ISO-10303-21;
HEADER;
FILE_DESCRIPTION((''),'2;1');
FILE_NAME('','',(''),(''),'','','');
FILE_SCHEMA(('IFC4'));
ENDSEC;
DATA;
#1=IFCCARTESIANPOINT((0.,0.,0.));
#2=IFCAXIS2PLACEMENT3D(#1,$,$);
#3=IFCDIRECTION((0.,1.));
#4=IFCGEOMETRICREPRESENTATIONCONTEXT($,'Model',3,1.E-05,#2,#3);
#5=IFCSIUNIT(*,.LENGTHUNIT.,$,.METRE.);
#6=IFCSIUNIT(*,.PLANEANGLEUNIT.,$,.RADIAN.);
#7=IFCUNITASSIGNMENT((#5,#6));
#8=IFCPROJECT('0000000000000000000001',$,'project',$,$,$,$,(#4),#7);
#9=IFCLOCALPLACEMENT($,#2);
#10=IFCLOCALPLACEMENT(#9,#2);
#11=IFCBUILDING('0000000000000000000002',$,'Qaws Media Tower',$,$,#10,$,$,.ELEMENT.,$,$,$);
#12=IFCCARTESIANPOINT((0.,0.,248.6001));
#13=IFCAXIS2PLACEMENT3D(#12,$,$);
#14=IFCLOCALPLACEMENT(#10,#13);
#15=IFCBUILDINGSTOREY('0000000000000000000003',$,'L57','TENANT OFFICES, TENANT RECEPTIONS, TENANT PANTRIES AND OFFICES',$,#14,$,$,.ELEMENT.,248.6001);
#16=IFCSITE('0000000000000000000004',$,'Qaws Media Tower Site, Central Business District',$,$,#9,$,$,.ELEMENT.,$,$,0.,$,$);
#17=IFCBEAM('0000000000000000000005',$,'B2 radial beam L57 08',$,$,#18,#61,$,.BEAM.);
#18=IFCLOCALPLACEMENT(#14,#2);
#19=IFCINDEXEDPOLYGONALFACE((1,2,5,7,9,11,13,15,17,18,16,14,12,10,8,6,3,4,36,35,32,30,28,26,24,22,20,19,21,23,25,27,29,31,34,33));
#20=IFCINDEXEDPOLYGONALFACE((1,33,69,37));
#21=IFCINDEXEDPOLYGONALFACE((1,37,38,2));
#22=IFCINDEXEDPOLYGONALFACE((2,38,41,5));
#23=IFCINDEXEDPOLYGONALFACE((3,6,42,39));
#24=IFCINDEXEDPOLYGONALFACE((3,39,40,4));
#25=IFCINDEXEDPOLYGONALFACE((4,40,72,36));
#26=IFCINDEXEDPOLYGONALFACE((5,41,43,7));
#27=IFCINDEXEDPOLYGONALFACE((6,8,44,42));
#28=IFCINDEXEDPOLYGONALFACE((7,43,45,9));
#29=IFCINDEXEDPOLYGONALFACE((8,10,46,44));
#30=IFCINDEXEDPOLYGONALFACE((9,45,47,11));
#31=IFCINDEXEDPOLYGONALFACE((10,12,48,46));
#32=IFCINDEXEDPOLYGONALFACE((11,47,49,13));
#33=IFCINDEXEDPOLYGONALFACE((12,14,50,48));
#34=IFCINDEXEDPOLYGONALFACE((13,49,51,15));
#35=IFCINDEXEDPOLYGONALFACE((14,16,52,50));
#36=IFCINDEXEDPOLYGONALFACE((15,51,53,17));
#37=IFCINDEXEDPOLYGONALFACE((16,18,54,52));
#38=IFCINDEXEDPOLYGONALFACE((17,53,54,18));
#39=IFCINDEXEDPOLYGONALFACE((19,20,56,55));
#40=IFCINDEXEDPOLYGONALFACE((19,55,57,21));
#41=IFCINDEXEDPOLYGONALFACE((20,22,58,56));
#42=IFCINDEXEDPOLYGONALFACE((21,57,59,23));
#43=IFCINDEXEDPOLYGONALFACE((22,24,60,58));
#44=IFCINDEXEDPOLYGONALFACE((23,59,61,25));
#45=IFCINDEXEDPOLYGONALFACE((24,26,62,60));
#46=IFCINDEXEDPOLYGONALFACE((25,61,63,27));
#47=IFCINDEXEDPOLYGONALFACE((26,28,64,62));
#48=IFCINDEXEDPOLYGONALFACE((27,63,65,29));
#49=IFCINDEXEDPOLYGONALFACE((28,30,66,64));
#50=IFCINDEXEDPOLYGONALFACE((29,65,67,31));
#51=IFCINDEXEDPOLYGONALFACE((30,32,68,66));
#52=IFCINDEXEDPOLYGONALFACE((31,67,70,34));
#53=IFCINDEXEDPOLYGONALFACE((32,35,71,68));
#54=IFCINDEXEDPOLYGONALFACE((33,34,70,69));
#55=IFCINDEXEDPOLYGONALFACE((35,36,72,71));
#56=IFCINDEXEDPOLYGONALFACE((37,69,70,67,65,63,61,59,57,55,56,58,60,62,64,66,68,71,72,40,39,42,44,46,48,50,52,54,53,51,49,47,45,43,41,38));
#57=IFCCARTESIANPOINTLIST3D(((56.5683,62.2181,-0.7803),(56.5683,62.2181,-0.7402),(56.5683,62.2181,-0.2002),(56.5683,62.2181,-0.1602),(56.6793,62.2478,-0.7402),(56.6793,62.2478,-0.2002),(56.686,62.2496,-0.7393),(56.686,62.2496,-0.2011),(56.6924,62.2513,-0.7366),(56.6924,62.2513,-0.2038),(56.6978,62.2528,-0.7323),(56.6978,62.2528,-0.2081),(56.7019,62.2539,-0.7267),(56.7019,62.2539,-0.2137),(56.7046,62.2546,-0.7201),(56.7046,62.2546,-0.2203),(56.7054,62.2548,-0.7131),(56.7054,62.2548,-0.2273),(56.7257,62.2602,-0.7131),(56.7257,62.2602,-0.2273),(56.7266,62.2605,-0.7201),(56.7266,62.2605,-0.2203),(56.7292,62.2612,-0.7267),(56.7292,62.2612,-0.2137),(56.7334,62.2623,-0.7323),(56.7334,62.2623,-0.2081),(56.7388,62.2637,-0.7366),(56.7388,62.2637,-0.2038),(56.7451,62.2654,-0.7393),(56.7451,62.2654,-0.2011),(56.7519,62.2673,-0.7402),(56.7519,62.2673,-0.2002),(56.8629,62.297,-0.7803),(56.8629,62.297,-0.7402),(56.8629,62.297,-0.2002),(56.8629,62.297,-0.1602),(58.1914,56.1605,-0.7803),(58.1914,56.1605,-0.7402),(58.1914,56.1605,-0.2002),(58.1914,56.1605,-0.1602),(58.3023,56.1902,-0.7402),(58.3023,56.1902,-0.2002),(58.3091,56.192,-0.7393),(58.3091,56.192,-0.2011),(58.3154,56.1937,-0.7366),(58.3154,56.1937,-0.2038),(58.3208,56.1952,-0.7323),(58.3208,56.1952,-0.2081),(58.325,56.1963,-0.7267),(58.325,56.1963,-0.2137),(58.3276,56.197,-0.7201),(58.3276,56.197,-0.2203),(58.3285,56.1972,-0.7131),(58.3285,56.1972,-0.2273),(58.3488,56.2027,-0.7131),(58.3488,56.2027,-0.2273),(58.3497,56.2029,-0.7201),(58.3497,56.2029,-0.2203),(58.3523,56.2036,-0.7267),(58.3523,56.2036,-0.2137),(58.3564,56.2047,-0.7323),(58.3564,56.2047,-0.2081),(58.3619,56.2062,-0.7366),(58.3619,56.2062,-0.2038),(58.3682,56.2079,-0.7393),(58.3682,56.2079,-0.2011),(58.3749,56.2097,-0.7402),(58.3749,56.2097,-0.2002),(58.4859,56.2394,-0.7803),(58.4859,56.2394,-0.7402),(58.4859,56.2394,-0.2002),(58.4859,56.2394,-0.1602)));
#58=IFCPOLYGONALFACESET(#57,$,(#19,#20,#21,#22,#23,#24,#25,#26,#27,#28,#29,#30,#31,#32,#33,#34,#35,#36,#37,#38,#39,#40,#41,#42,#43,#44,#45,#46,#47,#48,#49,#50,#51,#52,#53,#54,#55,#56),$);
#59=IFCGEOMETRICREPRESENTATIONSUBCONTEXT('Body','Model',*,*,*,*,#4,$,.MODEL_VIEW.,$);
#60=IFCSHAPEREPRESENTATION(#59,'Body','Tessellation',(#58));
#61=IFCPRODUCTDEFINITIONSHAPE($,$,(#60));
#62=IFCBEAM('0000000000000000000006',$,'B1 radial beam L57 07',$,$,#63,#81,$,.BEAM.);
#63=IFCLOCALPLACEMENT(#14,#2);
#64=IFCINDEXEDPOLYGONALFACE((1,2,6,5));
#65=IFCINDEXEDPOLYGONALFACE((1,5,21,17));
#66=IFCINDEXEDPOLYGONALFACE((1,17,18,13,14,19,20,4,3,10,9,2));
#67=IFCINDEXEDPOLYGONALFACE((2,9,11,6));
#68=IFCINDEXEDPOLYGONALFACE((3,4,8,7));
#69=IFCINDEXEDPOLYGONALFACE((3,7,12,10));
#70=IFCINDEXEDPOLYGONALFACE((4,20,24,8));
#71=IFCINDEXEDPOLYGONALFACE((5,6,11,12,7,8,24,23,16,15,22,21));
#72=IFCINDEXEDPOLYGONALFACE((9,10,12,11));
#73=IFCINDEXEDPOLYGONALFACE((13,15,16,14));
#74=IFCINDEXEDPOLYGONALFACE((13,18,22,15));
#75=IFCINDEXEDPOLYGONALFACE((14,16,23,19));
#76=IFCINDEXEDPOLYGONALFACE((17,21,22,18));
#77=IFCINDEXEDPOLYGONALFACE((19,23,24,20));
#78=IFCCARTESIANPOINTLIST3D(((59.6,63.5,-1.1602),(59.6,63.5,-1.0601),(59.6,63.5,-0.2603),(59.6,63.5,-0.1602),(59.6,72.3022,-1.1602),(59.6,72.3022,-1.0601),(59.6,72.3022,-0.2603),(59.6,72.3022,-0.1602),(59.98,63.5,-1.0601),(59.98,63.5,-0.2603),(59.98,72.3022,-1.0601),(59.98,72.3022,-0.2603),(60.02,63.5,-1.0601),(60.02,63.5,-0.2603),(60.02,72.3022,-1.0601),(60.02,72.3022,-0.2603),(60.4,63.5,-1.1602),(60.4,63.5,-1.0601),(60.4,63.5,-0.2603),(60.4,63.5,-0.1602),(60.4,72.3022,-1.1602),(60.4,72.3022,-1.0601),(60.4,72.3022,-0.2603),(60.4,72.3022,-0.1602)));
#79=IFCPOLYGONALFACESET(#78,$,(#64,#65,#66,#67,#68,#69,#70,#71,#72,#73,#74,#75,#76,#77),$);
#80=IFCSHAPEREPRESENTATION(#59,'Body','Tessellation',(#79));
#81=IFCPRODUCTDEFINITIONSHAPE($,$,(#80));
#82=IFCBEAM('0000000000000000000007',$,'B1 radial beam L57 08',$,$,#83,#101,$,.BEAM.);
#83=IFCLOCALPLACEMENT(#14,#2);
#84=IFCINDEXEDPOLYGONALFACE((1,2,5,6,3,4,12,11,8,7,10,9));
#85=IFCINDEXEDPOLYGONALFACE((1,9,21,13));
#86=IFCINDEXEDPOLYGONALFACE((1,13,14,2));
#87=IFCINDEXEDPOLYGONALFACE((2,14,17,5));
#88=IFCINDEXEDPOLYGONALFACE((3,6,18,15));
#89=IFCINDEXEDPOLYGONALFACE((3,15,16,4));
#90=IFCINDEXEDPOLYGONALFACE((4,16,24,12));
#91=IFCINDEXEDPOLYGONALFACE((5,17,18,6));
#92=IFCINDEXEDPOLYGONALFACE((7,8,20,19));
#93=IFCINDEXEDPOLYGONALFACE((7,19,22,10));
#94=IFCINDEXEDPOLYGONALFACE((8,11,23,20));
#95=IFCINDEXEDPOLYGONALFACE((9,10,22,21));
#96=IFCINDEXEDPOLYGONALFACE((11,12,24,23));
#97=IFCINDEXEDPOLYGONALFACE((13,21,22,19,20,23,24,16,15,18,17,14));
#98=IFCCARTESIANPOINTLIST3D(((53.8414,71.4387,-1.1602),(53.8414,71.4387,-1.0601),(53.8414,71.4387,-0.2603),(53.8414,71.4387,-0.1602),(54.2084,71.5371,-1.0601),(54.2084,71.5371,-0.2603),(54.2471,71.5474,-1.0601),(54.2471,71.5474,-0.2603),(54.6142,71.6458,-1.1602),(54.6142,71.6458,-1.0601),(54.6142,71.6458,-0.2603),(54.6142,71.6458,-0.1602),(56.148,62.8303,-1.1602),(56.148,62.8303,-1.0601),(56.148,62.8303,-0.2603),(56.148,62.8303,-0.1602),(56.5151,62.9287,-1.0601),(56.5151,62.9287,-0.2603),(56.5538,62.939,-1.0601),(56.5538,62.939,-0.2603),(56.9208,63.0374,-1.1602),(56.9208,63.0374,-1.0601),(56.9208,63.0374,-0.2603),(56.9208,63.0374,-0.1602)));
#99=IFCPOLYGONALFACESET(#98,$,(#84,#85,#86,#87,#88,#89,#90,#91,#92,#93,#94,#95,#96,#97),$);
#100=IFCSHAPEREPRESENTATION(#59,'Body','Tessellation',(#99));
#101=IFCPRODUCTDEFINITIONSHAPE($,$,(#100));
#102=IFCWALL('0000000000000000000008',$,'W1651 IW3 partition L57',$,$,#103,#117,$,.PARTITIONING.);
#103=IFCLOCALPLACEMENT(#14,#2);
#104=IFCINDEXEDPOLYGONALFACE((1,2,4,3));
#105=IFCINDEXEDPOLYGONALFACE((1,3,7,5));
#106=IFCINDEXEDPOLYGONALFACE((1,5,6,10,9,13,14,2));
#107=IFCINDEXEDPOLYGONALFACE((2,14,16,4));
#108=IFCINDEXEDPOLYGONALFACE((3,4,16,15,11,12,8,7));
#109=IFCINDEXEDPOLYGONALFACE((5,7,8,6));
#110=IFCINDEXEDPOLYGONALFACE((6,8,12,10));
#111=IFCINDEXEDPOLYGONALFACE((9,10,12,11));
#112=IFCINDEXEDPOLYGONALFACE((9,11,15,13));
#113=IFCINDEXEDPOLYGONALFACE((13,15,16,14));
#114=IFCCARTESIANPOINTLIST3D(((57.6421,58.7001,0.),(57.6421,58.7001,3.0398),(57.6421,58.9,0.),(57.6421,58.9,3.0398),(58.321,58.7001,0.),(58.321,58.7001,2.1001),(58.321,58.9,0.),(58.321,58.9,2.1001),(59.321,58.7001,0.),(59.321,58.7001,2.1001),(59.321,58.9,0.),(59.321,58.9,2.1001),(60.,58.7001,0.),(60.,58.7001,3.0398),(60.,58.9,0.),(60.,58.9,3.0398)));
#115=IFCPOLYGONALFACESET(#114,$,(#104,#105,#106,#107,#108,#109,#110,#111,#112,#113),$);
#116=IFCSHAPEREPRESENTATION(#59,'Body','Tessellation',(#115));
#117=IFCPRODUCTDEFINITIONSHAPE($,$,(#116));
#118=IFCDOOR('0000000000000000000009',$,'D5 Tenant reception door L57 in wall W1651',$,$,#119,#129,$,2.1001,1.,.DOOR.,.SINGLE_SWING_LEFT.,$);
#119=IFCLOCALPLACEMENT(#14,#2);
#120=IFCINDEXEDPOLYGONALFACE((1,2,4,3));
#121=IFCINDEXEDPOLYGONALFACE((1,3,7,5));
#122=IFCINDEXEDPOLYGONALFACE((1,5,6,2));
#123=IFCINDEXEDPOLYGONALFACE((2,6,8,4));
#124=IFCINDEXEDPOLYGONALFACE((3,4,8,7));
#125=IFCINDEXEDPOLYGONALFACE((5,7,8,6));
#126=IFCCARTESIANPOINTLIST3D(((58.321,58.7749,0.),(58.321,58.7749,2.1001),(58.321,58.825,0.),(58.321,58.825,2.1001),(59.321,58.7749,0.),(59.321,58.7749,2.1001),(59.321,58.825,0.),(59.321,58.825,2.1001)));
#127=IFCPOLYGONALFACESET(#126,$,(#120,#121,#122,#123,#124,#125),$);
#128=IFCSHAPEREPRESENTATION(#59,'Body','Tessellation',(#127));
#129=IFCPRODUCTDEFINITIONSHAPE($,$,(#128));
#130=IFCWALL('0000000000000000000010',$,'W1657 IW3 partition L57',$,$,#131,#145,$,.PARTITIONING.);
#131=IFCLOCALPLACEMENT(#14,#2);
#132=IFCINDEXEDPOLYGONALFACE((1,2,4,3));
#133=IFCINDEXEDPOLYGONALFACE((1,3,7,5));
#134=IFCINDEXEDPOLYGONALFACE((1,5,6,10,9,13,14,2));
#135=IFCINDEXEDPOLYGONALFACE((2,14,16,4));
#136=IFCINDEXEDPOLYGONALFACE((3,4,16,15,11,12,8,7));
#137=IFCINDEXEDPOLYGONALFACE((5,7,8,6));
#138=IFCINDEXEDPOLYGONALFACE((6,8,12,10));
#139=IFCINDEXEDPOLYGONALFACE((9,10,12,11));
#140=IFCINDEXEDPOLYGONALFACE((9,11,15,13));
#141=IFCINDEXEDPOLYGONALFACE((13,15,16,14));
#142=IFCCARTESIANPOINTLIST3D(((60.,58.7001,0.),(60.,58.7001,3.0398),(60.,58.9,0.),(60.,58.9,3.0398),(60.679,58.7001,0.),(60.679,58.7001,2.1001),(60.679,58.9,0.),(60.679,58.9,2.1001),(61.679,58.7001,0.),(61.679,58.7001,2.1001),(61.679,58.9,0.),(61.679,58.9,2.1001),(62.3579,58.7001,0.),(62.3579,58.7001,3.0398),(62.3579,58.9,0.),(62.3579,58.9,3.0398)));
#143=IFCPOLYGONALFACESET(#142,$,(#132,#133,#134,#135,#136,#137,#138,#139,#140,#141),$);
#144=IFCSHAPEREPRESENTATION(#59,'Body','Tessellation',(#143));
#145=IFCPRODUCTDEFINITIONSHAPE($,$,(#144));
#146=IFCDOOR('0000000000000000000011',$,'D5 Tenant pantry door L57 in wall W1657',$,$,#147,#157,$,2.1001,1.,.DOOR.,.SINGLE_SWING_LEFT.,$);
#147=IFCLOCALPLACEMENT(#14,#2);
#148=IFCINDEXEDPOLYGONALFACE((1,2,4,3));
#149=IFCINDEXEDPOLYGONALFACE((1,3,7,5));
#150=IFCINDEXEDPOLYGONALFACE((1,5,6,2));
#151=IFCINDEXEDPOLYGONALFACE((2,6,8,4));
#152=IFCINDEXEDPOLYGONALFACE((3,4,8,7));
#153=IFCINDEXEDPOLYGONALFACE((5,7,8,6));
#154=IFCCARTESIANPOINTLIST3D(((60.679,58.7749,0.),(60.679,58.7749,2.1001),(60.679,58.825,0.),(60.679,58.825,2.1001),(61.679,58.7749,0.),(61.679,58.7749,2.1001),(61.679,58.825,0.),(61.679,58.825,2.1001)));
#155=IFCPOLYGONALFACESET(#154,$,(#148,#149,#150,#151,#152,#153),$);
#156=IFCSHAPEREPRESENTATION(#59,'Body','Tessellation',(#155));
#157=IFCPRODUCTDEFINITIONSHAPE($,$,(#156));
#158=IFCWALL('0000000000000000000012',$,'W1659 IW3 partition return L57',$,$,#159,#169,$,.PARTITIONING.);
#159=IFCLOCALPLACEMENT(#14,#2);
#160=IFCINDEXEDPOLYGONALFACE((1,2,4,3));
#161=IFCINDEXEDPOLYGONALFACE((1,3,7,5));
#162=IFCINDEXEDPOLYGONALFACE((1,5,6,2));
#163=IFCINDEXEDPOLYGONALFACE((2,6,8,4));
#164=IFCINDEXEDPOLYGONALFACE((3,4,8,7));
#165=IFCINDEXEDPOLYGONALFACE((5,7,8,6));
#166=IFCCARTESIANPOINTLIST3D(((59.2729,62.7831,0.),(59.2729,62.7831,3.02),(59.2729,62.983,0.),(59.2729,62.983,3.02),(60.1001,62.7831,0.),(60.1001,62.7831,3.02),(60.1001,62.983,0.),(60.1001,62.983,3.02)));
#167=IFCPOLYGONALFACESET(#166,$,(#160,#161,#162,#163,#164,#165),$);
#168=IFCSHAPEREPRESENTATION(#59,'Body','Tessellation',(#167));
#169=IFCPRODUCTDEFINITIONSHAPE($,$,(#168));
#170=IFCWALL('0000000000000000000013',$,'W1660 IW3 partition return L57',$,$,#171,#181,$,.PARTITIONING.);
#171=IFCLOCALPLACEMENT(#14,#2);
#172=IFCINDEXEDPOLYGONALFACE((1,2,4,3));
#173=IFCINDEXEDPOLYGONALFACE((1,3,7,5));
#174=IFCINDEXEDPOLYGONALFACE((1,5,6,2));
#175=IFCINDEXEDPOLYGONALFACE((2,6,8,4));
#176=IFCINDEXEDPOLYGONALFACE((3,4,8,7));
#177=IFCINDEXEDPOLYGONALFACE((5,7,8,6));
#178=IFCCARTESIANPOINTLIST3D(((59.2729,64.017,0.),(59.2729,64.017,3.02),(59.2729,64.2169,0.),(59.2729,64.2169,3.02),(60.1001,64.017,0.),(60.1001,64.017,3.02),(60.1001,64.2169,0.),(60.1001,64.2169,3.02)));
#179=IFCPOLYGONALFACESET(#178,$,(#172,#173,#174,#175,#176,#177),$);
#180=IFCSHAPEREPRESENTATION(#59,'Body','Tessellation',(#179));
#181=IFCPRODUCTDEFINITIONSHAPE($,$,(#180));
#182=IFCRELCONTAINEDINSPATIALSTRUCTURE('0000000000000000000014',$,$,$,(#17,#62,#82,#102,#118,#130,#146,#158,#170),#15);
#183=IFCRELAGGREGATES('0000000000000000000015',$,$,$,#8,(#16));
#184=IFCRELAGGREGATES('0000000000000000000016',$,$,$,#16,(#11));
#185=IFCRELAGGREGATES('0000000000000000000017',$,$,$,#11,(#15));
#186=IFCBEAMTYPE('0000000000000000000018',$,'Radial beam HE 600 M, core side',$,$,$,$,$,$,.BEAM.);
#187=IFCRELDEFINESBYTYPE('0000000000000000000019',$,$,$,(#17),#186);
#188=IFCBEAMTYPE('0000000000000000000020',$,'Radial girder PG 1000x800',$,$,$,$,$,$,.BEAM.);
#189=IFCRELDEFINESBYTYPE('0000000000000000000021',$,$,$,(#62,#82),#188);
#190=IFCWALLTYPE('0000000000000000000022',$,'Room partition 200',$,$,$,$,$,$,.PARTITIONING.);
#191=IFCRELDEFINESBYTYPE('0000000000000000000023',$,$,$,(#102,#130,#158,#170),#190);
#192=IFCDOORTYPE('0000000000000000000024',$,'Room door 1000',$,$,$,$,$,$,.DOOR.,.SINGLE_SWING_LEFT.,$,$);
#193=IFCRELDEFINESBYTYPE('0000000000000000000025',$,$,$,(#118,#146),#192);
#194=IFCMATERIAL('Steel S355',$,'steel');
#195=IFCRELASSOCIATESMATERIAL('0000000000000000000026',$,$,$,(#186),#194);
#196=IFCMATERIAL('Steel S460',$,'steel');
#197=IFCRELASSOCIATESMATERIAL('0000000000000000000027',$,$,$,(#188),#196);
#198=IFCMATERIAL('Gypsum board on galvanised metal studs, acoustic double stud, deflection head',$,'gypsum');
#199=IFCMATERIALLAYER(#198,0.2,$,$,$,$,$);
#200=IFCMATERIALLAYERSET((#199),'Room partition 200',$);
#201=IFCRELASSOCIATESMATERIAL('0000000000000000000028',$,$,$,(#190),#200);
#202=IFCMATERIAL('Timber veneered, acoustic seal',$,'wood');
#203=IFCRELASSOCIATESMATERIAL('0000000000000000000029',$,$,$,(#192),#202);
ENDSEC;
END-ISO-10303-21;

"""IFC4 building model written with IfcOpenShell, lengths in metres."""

from ifc_helpers import new_model, si_unit, direction, frame, frame_2d, origin, origin_2d, place, context, subcontext, project, spatial, rectangle, i_section, extrude, material, layer, layer_set, material_profile, profile_set, type_object, element, fill, save


model = new_model("IFC4")

# Units and contexts
model_context = context("Model", 3, precision=1e-05, world=origin(), true_north=direction((0.0, 1.0)))
body_context = subcontext(model_context, "Body", "Model", "MODEL_VIEW")
ifc_project = project(units=[si_unit("LENGTHUNIT", "METRE"), si_unit("PLANEANGLEUNIT", "RADIAN")], contexts=[model_context])

# Site, building, storey
site_placement = place(None, origin())
site = spatial("IfcSite", under=ifc_project, at=site_placement, Name="Qaws Media Tower Site, Central Business District", CompositionType="ELEMENT", RefElevation=0.0)
building_placement = place(site_placement, origin())
building = spatial("IfcBuilding", under=site, at=building_placement, Name="Qaws Media Tower", CompositionType="ELEMENT")
storey_placement = place(building_placement, frame((0.0, 0.0, 248.6001)))
storey = spatial("IfcBuildingStorey", under=building, at=storey_placement, Name="L57", Description="TENANT OFFICES, TENANT RECEPTIONS, TENANT PANTRIES AND OFFICES", CompositionType="ELEMENT", Elevation=248.6001)

# Beams
ifc_material_1 = material(Name="Steel S355", Category="steel")
ifc_material_profile_1 = material_profile(ifc_material_1, i_section(OverallWidth=0.3049, OverallDepth=0.6201, WebThickness=0.021, FlangeThickness=0.04, FilletRadius=0.0271, at=origin_2d()), Name="HE 600 M")
ifc_profile_set_1 = profile_set([ifc_material_profile_1], Name="Steel S355")
beam_type_1 = type_object("IfcBeamType", Name="Radial beam HE 600 M, core side", PredefinedType="BEAM", material=ifc_profile_set_1)
beam_1_placement = place(storey_placement, frame((58.3386, 56.2, -0.4702), z_axis=(-0.258806, 0.965929, 0.0), x_axis=(-0.965929, -0.258806, 0.0)))
element("IfcBeam", 1, at=beam_1_placement, inside=storey, type_object=beam_type_1, Name="B2 radial beam L57 08", PredefinedType="BEAM", context=body_context, shape_type="SweptSolid", body=[
    extrude(i_section(OverallWidth=0.3049, OverallDepth=0.6201, WebThickness=0.021, FlangeThickness=0.04, FilletRadius=0.0271, at=origin_2d()), origin(), (0.0, 0.0, 1.0), 6.2712),
])
ifc_material_2 = material(Name="Steel S460", Category="steel")
ifc_material_profile_2 = material_profile(ifc_material_2, i_section(OverallWidth=0.8, OverallDepth=1.0, WebThickness=0.04, FlangeThickness=0.1001, at=origin_2d()), Name="PG 1000x800")
ifc_profile_set_2 = profile_set([ifc_material_profile_2], Name="Steel S460")
beam_type_2 = type_object("IfcBeamType", Name="Radial girder PG 1000x800", PredefinedType="BEAM", material=ifc_profile_set_2)
beam_2_placement = place(storey_placement, frame((60.0, 63.5, -0.6602), z_axis=(0.0, 1.0, 0.0), x_axis=(-1.0, 0.0, 0.0)))
element("IfcBeam", 2, at=beam_2_placement, inside=storey, type_object=beam_type_2, Name="B1 radial beam L57 07", PredefinedType="BEAM", context=body_context, shape_type="SweptSolid", body=[
    extrude(i_section(OverallWidth=0.8, OverallDepth=1.0, WebThickness=0.04, FlangeThickness=0.1001, at=origin_2d()), origin(), (0.0, 0.0, 1.0), 8.8022),
])
beam_3_placement = place(storey_placement, frame((56.5344, 62.9338, -0.6602), z_axis=(-0.258822, 0.965925, 0.0), x_axis=(-0.965925, -0.258822, 0.0)))
element("IfcBeam", 3, at=beam_3_placement, inside=storey, type_object=beam_type_2, Name="B1 radial beam L57 08", PredefinedType="BEAM", context=body_context, shape_type="SweptSolid", body=[
    extrude(i_section(OverallWidth=0.8, OverallDepth=1.0, WebThickness=0.04, FlangeThickness=0.1001, at=origin_2d()), origin(), (0.0, 0.0, 1.0), 8.9121),
])

# Walls, openings, doors
ifc_material_3 = material(Name="Gypsum board on galvanised metal studs, acoustic double stud, deflection head", Category="gypsum")
ifc_layer = layer(ifc_material_3, 0.2)
ifc_layer_set = layer_set([ifc_layer], Name="Room partition 200")
wall_type = type_object("IfcWallType", Name="Room partition 200", PredefinedType="PARTITIONING", material=ifc_layer_set)
wall_1_placement = place(storey_placement, frame((57.6421, 58.8, 0.0), z_axis=(0.0, 0.0, 1.0), x_axis=(1.0, 0.0, 0.0)))
wall_1 = element("IfcWall", 4, at=wall_1_placement, inside=storey, type_object=wall_type, Name="W1651 IW3 partition L57", PredefinedType="PARTITIONING", context=body_context, shape_type="SweptSolid", body=[
    extrude(rectangle(XDim=2.3579, YDim=0.2, at=frame_2d((1.179, 0.0))), origin(), (0.0, 0.0, 1.0), 3.0398),
])
opening_1_placement = place(wall_1_placement, frame((0.679, 0.0, 0.0)))
opening_1 = element("IfcOpeningElement", 5, at=opening_1_placement, cuts=wall_1, PredefinedType="OPENING", context=body_context, shape_type="SweptSolid", body=[
    extrude(rectangle(XDim=1.0, YDim=2.1001, at=frame_2d((0.5, 1.05))), frame((0.0, 0.1099, 0.0), z_axis=(0.0, -1.0, 0.0), x_axis=(1.0, 0.0, 0.0)), (0.0, 0.0, 1.0), 0.22),
])
ifc_material_4 = material(Name="Timber veneered, acoustic seal", Category="wood")
door_type = type_object("IfcDoorType", Name="Room door 1000", OperationType="SINGLE_SWING_LEFT", PredefinedType="DOOR", material=ifc_material_4)
door_1_placement = place(opening_1_placement, origin())
door_1 = element("IfcDoor", 6, at=door_1_placement, inside=storey, type_object=door_type, Name="D5 Tenant reception door L57 in wall W1651", OperationType="SINGLE_SWING_LEFT", OverallHeight=2.1001, OverallWidth=1.0, PredefinedType="DOOR", context=body_context, shape_type="SweptSolid", body=[
    extrude(rectangle(XDim=1.0, YDim=2.1001, at=frame_2d((0.5, 1.05))), frame((0.0, 0.0249, 0.0), z_axis=(0.0, -1.0, 0.0), x_axis=(1.0, 0.0, 0.0)), (0.0, 0.0, 1.0), 0.05),
])
fill(opening_1, door_1)
wall_2_placement = place(storey_placement, frame((60.0, 58.8, 0.0), z_axis=(0.0, 0.0, 1.0), x_axis=(1.0, 0.0, 0.0)))
wall_2 = element("IfcWall", 7, at=wall_2_placement, inside=storey, type_object=wall_type, Name="W1657 IW3 partition L57", PredefinedType="PARTITIONING", context=body_context, shape_type="SweptSolid", body=[
    extrude(rectangle(XDim=2.3579, YDim=0.2, at=frame_2d((1.179, 0.0))), origin(), (0.0, 0.0, 1.0), 3.0398),
])
opening_2_placement = place(wall_2_placement, frame((0.679, 0.0, 0.0)))
opening_2 = element("IfcOpeningElement", 8, at=opening_2_placement, cuts=wall_2, PredefinedType="OPENING", context=body_context, shape_type="SweptSolid", body=[
    extrude(rectangle(XDim=1.0, YDim=2.1001, at=frame_2d((0.5, 1.05))), frame((0.0, 0.1099, 0.0), z_axis=(0.0, -1.0, 0.0), x_axis=(1.0, 0.0, 0.0)), (0.0, 0.0, 1.0), 0.22),
])
door_2_placement = place(opening_2_placement, origin())
door_2 = element("IfcDoor", 9, at=door_2_placement, inside=storey, type_object=door_type, Name="D5 Tenant pantry door L57 in wall W1657", OperationType="SINGLE_SWING_LEFT", OverallHeight=2.1001, OverallWidth=1.0, PredefinedType="DOOR", context=body_context, shape_type="SweptSolid", body=[
    extrude(rectangle(XDim=1.0, YDim=2.1001, at=frame_2d((0.5, 1.05))), frame((0.0, 0.0249, 0.0), z_axis=(0.0, -1.0, 0.0), x_axis=(1.0, 0.0, 0.0)), (0.0, 0.0, 1.0), 0.05),
])
fill(opening_2, door_2)

# Walls
for number, where, z_axis, x_axis, name in (
    (10, (60.1001, 62.8831, 0.0), (0.0, 0.0, 1.0), (-1.0, 0.0, 0.0), "W1659 IW3 partition return L57"),
    (11, (60.1001, 64.1169, 0.0), (0.0, 0.0, 1.0), (-1.0, 0.0, 0.0), "W1660 IW3 partition return L57"),
):
    element("IfcWall", number, at=place(storey_placement, frame(where, z_axis=z_axis, x_axis=x_axis)), inside=storey, type_object=wall_type, Name=name, PredefinedType="PARTITIONING", context=body_context, shape_type="SweptSolid", body=[
        extrude(rectangle(XDim=0.8271, YDim=0.2, at=frame_2d((0.4136, 0.0))), origin(), (0.0, 0.0, 1.0), 3.02),
    ])

save(model, "model.ifc")
